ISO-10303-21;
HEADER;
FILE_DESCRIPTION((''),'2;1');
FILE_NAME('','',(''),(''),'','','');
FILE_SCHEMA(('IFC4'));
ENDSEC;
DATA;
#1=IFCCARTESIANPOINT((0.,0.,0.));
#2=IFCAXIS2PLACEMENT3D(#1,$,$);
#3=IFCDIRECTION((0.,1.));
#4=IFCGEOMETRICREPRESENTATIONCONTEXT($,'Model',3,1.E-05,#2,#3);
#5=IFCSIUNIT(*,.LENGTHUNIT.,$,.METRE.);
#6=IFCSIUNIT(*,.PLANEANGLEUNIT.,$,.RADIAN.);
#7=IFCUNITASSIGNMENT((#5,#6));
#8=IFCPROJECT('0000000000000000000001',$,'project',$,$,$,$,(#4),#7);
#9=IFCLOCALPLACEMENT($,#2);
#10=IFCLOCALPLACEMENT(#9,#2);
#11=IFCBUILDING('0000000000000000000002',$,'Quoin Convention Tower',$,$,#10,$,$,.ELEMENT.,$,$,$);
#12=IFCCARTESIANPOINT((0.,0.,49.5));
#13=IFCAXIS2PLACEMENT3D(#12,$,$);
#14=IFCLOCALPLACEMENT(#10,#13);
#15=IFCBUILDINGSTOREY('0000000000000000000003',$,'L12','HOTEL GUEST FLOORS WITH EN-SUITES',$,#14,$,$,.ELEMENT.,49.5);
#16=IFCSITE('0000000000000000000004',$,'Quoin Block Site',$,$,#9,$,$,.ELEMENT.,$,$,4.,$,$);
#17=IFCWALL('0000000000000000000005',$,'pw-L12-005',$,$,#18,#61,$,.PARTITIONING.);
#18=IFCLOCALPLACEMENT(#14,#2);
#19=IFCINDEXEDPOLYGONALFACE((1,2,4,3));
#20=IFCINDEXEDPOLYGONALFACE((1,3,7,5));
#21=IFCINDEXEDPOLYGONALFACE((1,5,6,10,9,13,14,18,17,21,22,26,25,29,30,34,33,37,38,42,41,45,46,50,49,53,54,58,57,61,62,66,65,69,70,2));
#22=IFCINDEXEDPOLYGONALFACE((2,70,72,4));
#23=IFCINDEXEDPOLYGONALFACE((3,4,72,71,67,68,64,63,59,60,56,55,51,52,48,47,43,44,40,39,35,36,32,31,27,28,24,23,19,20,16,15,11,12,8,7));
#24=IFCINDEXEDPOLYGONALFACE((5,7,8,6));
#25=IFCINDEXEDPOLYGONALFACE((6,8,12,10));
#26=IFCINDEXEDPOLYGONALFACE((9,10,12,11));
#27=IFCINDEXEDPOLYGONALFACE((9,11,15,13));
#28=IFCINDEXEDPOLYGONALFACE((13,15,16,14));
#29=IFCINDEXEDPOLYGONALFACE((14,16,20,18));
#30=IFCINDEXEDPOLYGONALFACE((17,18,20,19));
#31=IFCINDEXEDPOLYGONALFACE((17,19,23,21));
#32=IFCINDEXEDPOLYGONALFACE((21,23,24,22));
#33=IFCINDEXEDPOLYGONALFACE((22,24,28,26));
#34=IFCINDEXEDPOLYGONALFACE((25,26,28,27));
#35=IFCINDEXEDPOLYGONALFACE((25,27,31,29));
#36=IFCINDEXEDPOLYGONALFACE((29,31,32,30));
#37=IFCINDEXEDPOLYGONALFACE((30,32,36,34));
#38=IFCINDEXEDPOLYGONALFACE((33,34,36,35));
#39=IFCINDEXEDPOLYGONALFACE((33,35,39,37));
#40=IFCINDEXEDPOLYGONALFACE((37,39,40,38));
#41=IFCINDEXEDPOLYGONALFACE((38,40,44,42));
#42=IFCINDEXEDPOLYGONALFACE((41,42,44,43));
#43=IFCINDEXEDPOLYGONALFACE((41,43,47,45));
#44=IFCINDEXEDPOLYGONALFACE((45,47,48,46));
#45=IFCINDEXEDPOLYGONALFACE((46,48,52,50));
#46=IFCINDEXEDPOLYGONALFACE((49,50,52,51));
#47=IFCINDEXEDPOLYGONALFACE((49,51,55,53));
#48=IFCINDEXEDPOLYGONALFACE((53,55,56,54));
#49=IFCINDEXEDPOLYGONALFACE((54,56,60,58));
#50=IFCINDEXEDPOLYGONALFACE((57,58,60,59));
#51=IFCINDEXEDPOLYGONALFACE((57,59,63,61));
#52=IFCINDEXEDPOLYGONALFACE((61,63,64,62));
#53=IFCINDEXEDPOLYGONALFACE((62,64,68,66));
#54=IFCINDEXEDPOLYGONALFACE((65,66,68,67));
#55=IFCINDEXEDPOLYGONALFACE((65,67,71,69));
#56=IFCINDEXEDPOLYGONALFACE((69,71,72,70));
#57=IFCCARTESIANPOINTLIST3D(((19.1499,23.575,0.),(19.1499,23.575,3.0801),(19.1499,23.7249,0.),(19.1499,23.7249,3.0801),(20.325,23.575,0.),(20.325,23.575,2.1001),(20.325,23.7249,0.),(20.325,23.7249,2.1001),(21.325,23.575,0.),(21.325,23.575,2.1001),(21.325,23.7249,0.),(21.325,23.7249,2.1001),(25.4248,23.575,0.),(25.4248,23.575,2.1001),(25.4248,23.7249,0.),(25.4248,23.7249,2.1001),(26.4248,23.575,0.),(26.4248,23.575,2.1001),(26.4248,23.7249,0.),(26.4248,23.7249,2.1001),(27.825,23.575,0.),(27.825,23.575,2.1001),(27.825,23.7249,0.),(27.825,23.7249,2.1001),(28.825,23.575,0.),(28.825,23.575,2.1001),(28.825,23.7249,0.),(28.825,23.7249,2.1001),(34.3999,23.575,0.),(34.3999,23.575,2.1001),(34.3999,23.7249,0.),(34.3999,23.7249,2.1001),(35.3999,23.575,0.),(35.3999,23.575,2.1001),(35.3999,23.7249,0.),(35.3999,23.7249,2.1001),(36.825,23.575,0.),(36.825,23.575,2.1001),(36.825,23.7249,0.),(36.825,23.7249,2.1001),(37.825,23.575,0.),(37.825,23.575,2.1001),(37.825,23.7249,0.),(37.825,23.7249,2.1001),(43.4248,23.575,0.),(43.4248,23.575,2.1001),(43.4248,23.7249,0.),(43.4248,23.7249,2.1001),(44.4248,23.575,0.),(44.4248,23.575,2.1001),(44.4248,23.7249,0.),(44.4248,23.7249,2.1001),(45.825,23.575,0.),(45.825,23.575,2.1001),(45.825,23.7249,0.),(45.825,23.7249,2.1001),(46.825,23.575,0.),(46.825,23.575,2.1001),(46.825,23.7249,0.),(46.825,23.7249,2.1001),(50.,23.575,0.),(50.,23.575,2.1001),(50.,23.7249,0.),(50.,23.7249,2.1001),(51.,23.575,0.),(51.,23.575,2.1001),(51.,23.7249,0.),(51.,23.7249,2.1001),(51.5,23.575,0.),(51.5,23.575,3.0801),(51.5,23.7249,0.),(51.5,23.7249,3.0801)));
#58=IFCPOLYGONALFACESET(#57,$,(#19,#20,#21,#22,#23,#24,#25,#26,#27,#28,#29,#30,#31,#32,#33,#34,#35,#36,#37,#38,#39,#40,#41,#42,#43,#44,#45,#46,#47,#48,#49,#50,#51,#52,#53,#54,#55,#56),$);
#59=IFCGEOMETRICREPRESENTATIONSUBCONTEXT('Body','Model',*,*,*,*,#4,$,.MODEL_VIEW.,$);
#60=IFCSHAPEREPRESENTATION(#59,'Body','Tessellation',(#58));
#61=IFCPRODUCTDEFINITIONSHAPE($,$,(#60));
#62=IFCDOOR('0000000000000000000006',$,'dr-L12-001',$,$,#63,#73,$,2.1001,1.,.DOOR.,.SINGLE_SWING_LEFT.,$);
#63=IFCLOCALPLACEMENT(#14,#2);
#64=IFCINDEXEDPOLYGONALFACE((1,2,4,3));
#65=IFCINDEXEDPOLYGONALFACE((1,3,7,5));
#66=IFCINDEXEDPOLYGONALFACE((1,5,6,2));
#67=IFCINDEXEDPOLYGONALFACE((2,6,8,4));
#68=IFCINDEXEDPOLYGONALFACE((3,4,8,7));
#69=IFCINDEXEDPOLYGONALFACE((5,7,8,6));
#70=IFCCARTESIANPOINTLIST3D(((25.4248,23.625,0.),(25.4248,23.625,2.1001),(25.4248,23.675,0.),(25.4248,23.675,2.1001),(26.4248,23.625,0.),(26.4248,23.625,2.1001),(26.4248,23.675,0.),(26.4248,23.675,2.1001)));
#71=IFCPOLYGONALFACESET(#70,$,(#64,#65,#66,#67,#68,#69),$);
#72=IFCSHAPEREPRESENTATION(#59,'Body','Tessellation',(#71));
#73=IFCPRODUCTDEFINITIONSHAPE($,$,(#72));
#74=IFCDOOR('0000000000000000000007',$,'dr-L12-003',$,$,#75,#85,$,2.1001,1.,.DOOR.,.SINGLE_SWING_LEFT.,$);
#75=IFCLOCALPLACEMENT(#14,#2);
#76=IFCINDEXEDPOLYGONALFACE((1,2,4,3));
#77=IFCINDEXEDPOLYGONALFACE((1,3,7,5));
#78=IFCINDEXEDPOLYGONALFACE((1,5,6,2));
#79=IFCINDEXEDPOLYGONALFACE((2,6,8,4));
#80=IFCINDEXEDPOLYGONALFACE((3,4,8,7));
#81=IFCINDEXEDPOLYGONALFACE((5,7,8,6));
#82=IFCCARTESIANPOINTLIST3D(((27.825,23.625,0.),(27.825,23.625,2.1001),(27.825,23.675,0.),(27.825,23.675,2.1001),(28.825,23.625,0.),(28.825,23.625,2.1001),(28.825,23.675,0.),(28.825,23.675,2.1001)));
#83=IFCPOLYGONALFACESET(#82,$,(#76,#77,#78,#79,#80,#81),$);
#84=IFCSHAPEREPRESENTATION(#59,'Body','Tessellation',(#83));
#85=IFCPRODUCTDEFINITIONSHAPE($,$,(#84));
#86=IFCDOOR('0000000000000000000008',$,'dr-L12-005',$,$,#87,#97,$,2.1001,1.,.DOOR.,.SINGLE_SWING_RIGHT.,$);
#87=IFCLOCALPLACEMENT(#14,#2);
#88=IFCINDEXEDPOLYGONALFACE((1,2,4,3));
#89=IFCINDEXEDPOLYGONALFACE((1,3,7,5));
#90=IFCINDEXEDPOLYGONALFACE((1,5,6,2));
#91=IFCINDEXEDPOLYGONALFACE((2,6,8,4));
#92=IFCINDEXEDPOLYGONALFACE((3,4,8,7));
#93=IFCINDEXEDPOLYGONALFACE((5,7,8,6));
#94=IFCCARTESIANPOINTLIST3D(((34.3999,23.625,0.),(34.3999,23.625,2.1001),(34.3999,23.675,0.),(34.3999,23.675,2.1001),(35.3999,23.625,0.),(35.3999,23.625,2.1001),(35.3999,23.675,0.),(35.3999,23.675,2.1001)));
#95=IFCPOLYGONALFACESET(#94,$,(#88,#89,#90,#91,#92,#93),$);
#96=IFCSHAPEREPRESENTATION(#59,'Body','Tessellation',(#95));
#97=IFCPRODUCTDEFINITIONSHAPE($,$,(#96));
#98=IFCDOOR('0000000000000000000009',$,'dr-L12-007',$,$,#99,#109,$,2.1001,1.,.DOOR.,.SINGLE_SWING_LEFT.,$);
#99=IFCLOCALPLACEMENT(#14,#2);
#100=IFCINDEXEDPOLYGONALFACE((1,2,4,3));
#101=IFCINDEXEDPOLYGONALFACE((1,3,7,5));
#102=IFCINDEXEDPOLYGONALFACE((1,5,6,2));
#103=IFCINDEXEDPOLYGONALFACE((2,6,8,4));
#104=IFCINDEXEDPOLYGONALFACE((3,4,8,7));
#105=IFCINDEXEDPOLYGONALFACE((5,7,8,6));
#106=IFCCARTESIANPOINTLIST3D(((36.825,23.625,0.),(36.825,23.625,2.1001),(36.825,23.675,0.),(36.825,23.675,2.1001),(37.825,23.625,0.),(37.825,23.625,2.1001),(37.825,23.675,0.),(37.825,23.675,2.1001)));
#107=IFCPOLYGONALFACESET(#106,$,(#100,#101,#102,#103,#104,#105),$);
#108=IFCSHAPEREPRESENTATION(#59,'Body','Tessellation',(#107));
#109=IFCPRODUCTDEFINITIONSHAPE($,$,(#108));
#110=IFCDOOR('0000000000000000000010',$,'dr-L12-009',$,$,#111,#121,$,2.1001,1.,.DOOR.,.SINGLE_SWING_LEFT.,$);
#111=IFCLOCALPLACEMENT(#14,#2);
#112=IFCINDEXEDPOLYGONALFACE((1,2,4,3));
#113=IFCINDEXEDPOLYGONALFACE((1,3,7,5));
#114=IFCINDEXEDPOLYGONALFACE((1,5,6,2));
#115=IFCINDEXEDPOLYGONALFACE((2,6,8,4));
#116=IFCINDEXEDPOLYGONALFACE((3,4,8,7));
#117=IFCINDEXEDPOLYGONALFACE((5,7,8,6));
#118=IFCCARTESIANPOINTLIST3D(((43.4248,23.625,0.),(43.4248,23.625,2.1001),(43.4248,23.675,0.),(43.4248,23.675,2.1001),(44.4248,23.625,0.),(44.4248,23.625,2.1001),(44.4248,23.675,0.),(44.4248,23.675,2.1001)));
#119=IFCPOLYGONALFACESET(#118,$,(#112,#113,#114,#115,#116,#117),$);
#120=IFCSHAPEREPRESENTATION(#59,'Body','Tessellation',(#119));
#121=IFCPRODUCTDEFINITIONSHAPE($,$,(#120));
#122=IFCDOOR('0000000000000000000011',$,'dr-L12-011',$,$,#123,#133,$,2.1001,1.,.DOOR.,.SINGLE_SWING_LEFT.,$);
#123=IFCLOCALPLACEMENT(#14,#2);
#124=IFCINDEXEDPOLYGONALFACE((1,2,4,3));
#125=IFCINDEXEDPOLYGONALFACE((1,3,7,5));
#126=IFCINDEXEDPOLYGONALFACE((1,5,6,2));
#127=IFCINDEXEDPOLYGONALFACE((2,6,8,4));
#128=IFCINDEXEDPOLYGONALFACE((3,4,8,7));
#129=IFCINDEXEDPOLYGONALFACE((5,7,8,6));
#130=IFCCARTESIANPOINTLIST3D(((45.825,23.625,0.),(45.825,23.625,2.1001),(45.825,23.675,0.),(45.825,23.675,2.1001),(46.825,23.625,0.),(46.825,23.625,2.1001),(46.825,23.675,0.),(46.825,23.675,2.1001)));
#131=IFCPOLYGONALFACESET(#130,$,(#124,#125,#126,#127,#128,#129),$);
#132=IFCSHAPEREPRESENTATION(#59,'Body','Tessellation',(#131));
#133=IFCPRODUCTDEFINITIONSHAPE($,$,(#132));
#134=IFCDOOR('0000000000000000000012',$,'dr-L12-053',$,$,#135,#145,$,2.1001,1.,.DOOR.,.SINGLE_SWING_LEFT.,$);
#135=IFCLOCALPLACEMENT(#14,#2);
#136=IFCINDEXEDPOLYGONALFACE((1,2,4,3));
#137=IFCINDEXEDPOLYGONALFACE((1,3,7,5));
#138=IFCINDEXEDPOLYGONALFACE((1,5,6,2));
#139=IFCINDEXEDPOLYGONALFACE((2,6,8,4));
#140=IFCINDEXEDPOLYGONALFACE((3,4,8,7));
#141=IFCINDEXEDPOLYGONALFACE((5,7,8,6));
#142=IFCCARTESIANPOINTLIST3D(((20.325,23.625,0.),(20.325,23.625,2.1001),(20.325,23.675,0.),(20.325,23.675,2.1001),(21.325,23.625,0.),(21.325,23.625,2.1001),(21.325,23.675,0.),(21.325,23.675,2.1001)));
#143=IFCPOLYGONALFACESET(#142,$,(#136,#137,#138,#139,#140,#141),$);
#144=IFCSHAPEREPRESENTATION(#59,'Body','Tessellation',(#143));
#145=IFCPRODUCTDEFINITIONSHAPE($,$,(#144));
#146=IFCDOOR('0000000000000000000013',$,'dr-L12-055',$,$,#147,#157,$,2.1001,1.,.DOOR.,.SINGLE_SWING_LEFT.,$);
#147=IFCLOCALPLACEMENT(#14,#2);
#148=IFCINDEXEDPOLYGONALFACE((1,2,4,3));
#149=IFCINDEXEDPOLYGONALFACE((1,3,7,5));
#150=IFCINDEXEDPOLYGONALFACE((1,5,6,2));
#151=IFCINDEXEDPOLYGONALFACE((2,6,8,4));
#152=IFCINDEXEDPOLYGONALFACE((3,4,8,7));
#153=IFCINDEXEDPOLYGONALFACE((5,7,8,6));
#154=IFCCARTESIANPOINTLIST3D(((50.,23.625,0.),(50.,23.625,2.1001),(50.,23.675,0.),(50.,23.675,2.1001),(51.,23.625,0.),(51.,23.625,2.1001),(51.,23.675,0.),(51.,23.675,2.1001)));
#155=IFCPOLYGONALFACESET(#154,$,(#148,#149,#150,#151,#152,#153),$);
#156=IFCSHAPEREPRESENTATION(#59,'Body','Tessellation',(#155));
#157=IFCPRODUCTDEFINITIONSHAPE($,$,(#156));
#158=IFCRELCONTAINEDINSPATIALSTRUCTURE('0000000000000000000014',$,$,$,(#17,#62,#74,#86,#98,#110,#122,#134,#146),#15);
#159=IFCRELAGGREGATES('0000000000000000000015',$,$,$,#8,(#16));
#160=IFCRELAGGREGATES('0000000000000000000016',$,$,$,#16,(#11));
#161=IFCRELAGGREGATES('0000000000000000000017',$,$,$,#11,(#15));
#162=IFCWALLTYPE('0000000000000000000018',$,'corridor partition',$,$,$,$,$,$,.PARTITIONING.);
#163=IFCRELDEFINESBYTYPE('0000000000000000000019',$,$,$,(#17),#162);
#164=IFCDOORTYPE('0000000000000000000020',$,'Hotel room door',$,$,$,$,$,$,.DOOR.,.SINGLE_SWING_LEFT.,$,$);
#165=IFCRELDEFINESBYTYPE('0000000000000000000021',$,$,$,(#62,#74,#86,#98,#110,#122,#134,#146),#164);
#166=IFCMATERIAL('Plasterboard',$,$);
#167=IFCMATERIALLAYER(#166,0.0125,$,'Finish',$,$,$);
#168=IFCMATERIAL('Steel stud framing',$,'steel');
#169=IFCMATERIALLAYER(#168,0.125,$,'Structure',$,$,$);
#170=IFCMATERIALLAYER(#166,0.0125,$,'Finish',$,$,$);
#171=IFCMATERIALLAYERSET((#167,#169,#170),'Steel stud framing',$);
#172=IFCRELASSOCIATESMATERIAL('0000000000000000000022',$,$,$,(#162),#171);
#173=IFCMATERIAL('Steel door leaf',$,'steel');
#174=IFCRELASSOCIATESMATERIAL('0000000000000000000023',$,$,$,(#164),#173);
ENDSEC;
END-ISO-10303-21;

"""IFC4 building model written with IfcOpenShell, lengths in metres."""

from ifc_helpers import new_model, si_unit, direction, frame, frame_2d, origin, place, context, subcontext, project, spatial, rectangle, extrude, material, layer, layer_set, type_object, element, fill, save


model = new_model("IFC4")

# Units and contexts
model_context = context("Model", 3, precision=1e-05, world=origin(), true_north=direction((0.0, 1.0)))
body_context = subcontext(model_context, "Body", "Model", "MODEL_VIEW")
ifc_project = project(units=[si_unit("LENGTHUNIT", "METRE"), si_unit("PLANEANGLEUNIT", "RADIAN")], contexts=[model_context])

# Site, building, storey
site_placement = place(None, origin())
site = spatial("IfcSite", under=ifc_project, at=site_placement, Name="Quoin Block Site", CompositionType="ELEMENT", RefElevation=4.0)
building_placement = place(site_placement, origin())
building = spatial("IfcBuilding", under=site, at=building_placement, Name="Quoin Convention Tower", CompositionType="ELEMENT")
storey_placement = place(building_placement, frame((0.0, 0.0, 49.5)))
storey = spatial("IfcBuildingStorey", under=building, at=storey_placement, Name="L12", Description="HOTEL GUEST FLOORS WITH EN-SUITES", CompositionType="ELEMENT", Elevation=49.5)

# Shared definitions
ifc_material_1 = material(Name="Steel door leaf", Category="steel")

# Wall, openings, doors
ifc_material_2 = material(Name="Plasterboard")
ifc_layer_1 = layer(ifc_material_2, 0.0125, Name="Finish")
ifc_material_3 = material(Name="Steel stud framing", Category="steel")
ifc_layer_2 = layer(ifc_material_3, 0.125, Name="Structure")
ifc_layer_3 = layer(ifc_material_2, 0.0125, Name="Finish")
ifc_layer_set_1 = layer_set([ifc_layer_1, ifc_layer_2, ifc_layer_3], Name="Steel stud framing")
wall_type_1 = type_object("IfcWallType", Name="corridor partition", PredefinedType="PARTITIONING", material=ifc_layer_set_1)
wall_1_placement = place(storey_placement, frame((19.1499, 23.6499, 0.0), z_axis=(0.0, 0.0, 1.0), x_axis=(1.0, 0.0, 0.0)))
wall_1 = element("IfcWall", 1, at=wall_1_placement, inside=storey, type_object=wall_type_1, Name="pw-L12-005", PredefinedType="PARTITIONING", context=body_context, shape_type="SweptSolid", body=[
    extrude(rectangle(XDim=32.3501, YDim=0.1499, at=frame_2d((16.175, 0.0))), origin(), (0.0, 0.0, 1.0), 3.0801),
])
opening_1_placement = place(wall_1_placement, frame((6.2749, 0.0, 0.0)))
opening_1 = element("IfcOpeningElement", 2, at=opening_1_placement, cuts=wall_1, PredefinedType="OPENING", context=body_context, shape_type="SweptSolid", body=[
    extrude(rectangle(XDim=1.0, YDim=2.1001, at=frame_2d((0.5, 1.05))), frame((0.0, 0.085, 0.0), z_axis=(0.0, -1.0, 0.0), x_axis=(1.0, 0.0, 0.0)), (0.0, 0.0, 1.0), 0.1699),
])
opening_2_placement = place(wall_1_placement, frame((8.675, 0.0, 0.0)))
opening_2 = element("IfcOpeningElement", 3, at=opening_2_placement, cuts=wall_1, PredefinedType="OPENING", context=body_context, shape_type="SweptSolid", body=[
    extrude(rectangle(XDim=1.0, YDim=2.1001, at=frame_2d((0.5, 1.05))), frame((0.0, 0.085, 0.0), z_axis=(0.0, -1.0, 0.0), x_axis=(1.0, 0.0, 0.0)), (0.0, 0.0, 1.0), 0.1699),
])
opening_3_placement = place(wall_1_placement, frame((15.25, 0.0, 0.0)))
opening_3 = element("IfcOpeningElement", 4, at=opening_3_placement, cuts=wall_1, PredefinedType="OPENING", context=body_context, shape_type="SweptSolid", body=[
    extrude(rectangle(XDim=1.0, YDim=2.1001, at=frame_2d((0.5, 1.05))), frame((0.0, 0.085, 0.0), z_axis=(0.0, -1.0, 0.0), x_axis=(1.0, 0.0, 0.0)), (0.0, 0.0, 1.0), 0.1699),
])
opening_4_placement = place(wall_1_placement, frame((17.675, 0.0, 0.0)))
opening_4 = element("IfcOpeningElement", 5, at=opening_4_placement, cuts=wall_1, PredefinedType="OPENING", context=body_context, shape_type="SweptSolid", body=[
    extrude(rectangle(XDim=1.0, YDim=2.1001, at=frame_2d((0.5, 1.05))), frame((0.0, 0.085, 0.0), z_axis=(0.0, -1.0, 0.0), x_axis=(1.0, 0.0, 0.0)), (0.0, 0.0, 1.0), 0.1699),
])
opening_5_placement = place(wall_1_placement, frame((24.2749, 0.0, 0.0)))
opening_5 = element("IfcOpeningElement", 6, at=opening_5_placement, cuts=wall_1, PredefinedType="OPENING", context=body_context, shape_type="SweptSolid", body=[
    extrude(rectangle(XDim=1.0, YDim=2.1001, at=frame_2d((0.5, 1.05))), frame((0.0, 0.085, 0.0), z_axis=(0.0, -1.0, 0.0), x_axis=(1.0, 0.0, 0.0)), (0.0, 0.0, 1.0), 0.1699),
])
opening_6_placement = place(wall_1_placement, frame((26.675, 0.0, 0.0)))
opening_6 = element("IfcOpeningElement", 7, at=opening_6_placement, cuts=wall_1, PredefinedType="OPENING", context=body_context, shape_type="SweptSolid", body=[
    extrude(rectangle(XDim=1.0, YDim=2.1001, at=frame_2d((0.5, 1.05))), frame((0.0, 0.085, 0.0), z_axis=(0.0, -1.0, 0.0), x_axis=(1.0, 0.0, 0.0)), (0.0, 0.0, 1.0), 0.1699),
])
opening_7_placement = place(wall_1_placement, frame((1.175, 0.0, 0.0)))
opening_7 = element("IfcOpeningElement", 8, at=opening_7_placement, cuts=wall_1, PredefinedType="OPENING", context=body_context, shape_type="SweptSolid", body=[
    extrude(rectangle(XDim=1.0, YDim=2.1001, at=frame_2d((0.5, 1.05))), frame((0.0, 0.085, 0.0), z_axis=(0.0, -1.0, 0.0), x_axis=(1.0, 0.0, 0.0)), (0.0, 0.0, 1.0), 0.1699),
])
opening_8_placement = place(wall_1_placement, frame((30.8501, 0.0, 0.0)))
opening_8 = element("IfcOpeningElement", 9, at=opening_8_placement, cuts=wall_1, PredefinedType="OPENING", context=body_context, shape_type="SweptSolid", body=[
    extrude(rectangle(XDim=1.0, YDim=2.1001, at=frame_2d((0.5, 1.05))), frame((0.0, 0.085, 0.0), z_axis=(0.0, -1.0, 0.0), x_axis=(1.0, 0.0, 0.0)), (0.0, 0.0, 1.0), 0.1699),
])
door_type_1 = type_object("IfcDoorType", Name="Hotel room door", OperationType="SINGLE_SWING_LEFT", PredefinedType="DOOR", material=ifc_material_1)
door_1_placement = place(opening_1_placement, frame((1.0, 0.0, 0.0), z_axis=(0.0, 0.0, 1.0), x_axis=(-1.0, 0.0, 0.0)))
door_1 = element("IfcDoor", 10, at=door_1_placement, inside=storey, type_object=door_type_1, Name="dr-L12-001", OperationType="SINGLE_SWING_LEFT", OverallHeight=2.1001, OverallWidth=1.0, PredefinedType="DOOR", context=body_context, shape_type="SweptSolid", body=[
    extrude(rectangle(XDim=1.0, YDim=2.1001, at=frame_2d((0.5, 1.05))), frame((0.0, 0.0249, 0.0), z_axis=(0.0, -1.0, 0.0), x_axis=(1.0, 0.0, 0.0)), (0.0, 0.0, 1.0), 0.05),
])
fill(opening_1, door_1)
door_2_placement = place(opening_2_placement, frame((1.0, 0.0, 0.0), z_axis=(0.0, 0.0, 1.0), x_axis=(-1.0, 0.0, 0.0)))
door_2 = element("IfcDoor", 11, at=door_2_placement, inside=storey, type_object=door_type_1, Name="dr-L12-003", OperationType="SINGLE_SWING_LEFT", OverallHeight=2.1001, OverallWidth=1.0, PredefinedType="DOOR", context=body_context, shape_type="SweptSolid", body=[
    extrude(rectangle(XDim=1.0, YDim=2.1001, at=frame_2d((0.5, 1.05))), frame((0.0, 0.0249, 0.0), z_axis=(0.0, -1.0, 0.0), x_axis=(1.0, 0.0, 0.0)), (0.0, 0.0, 1.0), 0.05),
])
fill(opening_2, door_2)
door_3_placement = place(opening_3_placement, frame((1.0, 0.0, 0.0), z_axis=(0.0, 0.0, 1.0), x_axis=(-1.0, 0.0, 0.0)))
door_3 = element("IfcDoor", 12, at=door_3_placement, inside=storey, type_object=door_type_1, Name="dr-L12-005", OperationType="SINGLE_SWING_RIGHT", OverallHeight=2.1001, OverallWidth=1.0, PredefinedType="DOOR", context=body_context, shape_type="SweptSolid", body=[
    extrude(rectangle(XDim=1.0, YDim=2.1001, at=frame_2d((0.5, 1.05))), frame((0.0, 0.0249, 0.0), z_axis=(0.0, -1.0, 0.0), x_axis=(1.0, 0.0, 0.0)), (0.0, 0.0, 1.0), 0.05),
])
fill(opening_3, door_3)
door_4_placement = place(opening_4_placement, frame((1.0, 0.0, 0.0), z_axis=(0.0, 0.0, 1.0), x_axis=(-1.0, 0.0, 0.0)))
door_4 = element("IfcDoor", 13, at=door_4_placement, inside=storey, type_object=door_type_1, Name="dr-L12-007", OperationType="SINGLE_SWING_LEFT", OverallHeight=2.1001, OverallWidth=1.0, PredefinedType="DOOR", context=body_context, shape_type="SweptSolid", body=[
    extrude(rectangle(XDim=1.0, YDim=2.1001, at=frame_2d((0.5, 1.05))), frame((0.0, 0.0249, 0.0), z_axis=(0.0, -1.0, 0.0), x_axis=(1.0, 0.0, 0.0)), (0.0, 0.0, 1.0), 0.05),
])
fill(opening_4, door_4)
door_5_placement = place(opening_5_placement, frame((1.0, 0.0, 0.0), z_axis=(0.0, 0.0, 1.0), x_axis=(-1.0, 0.0, 0.0)))
door_5 = element("IfcDoor", 14, at=door_5_placement, inside=storey, type_object=door_type_1, Name="dr-L12-009", OperationType="SINGLE_SWING_LEFT", OverallHeight=2.1001, OverallWidth=1.0, PredefinedType="DOOR", context=body_context, shape_type="SweptSolid", body=[
    extrude(rectangle(XDim=1.0, YDim=2.1001, at=frame_2d((0.5, 1.05))), frame((0.0, 0.0249, 0.0), z_axis=(0.0, -1.0, 0.0), x_axis=(1.0, 0.0, 0.0)), (0.0, 0.0, 1.0), 0.05),
])
fill(opening_5, door_5)
door_6_placement = place(opening_6_placement, frame((1.0, 0.0, 0.0), z_axis=(0.0, 0.0, 1.0), x_axis=(-1.0, 0.0, 0.0)))
door_6 = element("IfcDoor", 15, at=door_6_placement, inside=storey, type_object=door_type_1, Name="dr-L12-011", OperationType="SINGLE_SWING_LEFT", OverallHeight=2.1001, OverallWidth=1.0, PredefinedType="DOOR", context=body_context, shape_type="SweptSolid", body=[
    extrude(rectangle(XDim=1.0, YDim=2.1001, at=frame_2d((0.5, 1.05))), frame((0.0, 0.0249, 0.0), z_axis=(0.0, -1.0, 0.0), x_axis=(1.0, 0.0, 0.0)), (0.0, 0.0, 1.0), 0.05),
])
fill(opening_6, door_6)
door_7_placement = place(opening_7_placement, frame((1.0, 0.0, 0.0), z_axis=(0.0, 0.0, 1.0), x_axis=(-1.0, 0.0, 0.0)))
door_7 = element("IfcDoor", 16, at=door_7_placement, inside=storey, type_object=door_type_1, Name="dr-L12-053", OperationType="SINGLE_SWING_LEFT", OverallHeight=2.1001, OverallWidth=1.0, PredefinedType="DOOR", context=body_context, shape_type="SweptSolid", body=[
    extrude(rectangle(XDim=1.0, YDim=2.1001, at=frame_2d((0.5, 1.05))), frame((0.0, 0.0249, 0.0), z_axis=(0.0, -1.0, 0.0), x_axis=(1.0, 0.0, 0.0)), (0.0, 0.0, 1.0), 0.05),
])
fill(opening_7, door_7)
door_8_placement = place(opening_8_placement, frame((1.0, 0.0, 0.0), z_axis=(0.0, 0.0, 1.0), x_axis=(-1.0, 0.0, 0.0)))
door_8 = element("IfcDoor", 17, at=door_8_placement, inside=storey, type_object=door_type_1, Name="dr-L12-055", OperationType="SINGLE_SWING_LEFT", OverallHeight=2.1001, OverallWidth=1.0, PredefinedType="DOOR", context=body_context, shape_type="SweptSolid", body=[
    extrude(rectangle(XDim=1.0, YDim=2.1001, at=frame_2d((0.5, 1.05))), frame((0.0, 0.0249, 0.0), z_axis=(0.0, -1.0, 0.0), x_axis=(1.0, 0.0, 0.0)), (0.0, 0.0, 1.0), 0.05),
])
fill(opening_8, door_8)

save(model, "model.ifc")
